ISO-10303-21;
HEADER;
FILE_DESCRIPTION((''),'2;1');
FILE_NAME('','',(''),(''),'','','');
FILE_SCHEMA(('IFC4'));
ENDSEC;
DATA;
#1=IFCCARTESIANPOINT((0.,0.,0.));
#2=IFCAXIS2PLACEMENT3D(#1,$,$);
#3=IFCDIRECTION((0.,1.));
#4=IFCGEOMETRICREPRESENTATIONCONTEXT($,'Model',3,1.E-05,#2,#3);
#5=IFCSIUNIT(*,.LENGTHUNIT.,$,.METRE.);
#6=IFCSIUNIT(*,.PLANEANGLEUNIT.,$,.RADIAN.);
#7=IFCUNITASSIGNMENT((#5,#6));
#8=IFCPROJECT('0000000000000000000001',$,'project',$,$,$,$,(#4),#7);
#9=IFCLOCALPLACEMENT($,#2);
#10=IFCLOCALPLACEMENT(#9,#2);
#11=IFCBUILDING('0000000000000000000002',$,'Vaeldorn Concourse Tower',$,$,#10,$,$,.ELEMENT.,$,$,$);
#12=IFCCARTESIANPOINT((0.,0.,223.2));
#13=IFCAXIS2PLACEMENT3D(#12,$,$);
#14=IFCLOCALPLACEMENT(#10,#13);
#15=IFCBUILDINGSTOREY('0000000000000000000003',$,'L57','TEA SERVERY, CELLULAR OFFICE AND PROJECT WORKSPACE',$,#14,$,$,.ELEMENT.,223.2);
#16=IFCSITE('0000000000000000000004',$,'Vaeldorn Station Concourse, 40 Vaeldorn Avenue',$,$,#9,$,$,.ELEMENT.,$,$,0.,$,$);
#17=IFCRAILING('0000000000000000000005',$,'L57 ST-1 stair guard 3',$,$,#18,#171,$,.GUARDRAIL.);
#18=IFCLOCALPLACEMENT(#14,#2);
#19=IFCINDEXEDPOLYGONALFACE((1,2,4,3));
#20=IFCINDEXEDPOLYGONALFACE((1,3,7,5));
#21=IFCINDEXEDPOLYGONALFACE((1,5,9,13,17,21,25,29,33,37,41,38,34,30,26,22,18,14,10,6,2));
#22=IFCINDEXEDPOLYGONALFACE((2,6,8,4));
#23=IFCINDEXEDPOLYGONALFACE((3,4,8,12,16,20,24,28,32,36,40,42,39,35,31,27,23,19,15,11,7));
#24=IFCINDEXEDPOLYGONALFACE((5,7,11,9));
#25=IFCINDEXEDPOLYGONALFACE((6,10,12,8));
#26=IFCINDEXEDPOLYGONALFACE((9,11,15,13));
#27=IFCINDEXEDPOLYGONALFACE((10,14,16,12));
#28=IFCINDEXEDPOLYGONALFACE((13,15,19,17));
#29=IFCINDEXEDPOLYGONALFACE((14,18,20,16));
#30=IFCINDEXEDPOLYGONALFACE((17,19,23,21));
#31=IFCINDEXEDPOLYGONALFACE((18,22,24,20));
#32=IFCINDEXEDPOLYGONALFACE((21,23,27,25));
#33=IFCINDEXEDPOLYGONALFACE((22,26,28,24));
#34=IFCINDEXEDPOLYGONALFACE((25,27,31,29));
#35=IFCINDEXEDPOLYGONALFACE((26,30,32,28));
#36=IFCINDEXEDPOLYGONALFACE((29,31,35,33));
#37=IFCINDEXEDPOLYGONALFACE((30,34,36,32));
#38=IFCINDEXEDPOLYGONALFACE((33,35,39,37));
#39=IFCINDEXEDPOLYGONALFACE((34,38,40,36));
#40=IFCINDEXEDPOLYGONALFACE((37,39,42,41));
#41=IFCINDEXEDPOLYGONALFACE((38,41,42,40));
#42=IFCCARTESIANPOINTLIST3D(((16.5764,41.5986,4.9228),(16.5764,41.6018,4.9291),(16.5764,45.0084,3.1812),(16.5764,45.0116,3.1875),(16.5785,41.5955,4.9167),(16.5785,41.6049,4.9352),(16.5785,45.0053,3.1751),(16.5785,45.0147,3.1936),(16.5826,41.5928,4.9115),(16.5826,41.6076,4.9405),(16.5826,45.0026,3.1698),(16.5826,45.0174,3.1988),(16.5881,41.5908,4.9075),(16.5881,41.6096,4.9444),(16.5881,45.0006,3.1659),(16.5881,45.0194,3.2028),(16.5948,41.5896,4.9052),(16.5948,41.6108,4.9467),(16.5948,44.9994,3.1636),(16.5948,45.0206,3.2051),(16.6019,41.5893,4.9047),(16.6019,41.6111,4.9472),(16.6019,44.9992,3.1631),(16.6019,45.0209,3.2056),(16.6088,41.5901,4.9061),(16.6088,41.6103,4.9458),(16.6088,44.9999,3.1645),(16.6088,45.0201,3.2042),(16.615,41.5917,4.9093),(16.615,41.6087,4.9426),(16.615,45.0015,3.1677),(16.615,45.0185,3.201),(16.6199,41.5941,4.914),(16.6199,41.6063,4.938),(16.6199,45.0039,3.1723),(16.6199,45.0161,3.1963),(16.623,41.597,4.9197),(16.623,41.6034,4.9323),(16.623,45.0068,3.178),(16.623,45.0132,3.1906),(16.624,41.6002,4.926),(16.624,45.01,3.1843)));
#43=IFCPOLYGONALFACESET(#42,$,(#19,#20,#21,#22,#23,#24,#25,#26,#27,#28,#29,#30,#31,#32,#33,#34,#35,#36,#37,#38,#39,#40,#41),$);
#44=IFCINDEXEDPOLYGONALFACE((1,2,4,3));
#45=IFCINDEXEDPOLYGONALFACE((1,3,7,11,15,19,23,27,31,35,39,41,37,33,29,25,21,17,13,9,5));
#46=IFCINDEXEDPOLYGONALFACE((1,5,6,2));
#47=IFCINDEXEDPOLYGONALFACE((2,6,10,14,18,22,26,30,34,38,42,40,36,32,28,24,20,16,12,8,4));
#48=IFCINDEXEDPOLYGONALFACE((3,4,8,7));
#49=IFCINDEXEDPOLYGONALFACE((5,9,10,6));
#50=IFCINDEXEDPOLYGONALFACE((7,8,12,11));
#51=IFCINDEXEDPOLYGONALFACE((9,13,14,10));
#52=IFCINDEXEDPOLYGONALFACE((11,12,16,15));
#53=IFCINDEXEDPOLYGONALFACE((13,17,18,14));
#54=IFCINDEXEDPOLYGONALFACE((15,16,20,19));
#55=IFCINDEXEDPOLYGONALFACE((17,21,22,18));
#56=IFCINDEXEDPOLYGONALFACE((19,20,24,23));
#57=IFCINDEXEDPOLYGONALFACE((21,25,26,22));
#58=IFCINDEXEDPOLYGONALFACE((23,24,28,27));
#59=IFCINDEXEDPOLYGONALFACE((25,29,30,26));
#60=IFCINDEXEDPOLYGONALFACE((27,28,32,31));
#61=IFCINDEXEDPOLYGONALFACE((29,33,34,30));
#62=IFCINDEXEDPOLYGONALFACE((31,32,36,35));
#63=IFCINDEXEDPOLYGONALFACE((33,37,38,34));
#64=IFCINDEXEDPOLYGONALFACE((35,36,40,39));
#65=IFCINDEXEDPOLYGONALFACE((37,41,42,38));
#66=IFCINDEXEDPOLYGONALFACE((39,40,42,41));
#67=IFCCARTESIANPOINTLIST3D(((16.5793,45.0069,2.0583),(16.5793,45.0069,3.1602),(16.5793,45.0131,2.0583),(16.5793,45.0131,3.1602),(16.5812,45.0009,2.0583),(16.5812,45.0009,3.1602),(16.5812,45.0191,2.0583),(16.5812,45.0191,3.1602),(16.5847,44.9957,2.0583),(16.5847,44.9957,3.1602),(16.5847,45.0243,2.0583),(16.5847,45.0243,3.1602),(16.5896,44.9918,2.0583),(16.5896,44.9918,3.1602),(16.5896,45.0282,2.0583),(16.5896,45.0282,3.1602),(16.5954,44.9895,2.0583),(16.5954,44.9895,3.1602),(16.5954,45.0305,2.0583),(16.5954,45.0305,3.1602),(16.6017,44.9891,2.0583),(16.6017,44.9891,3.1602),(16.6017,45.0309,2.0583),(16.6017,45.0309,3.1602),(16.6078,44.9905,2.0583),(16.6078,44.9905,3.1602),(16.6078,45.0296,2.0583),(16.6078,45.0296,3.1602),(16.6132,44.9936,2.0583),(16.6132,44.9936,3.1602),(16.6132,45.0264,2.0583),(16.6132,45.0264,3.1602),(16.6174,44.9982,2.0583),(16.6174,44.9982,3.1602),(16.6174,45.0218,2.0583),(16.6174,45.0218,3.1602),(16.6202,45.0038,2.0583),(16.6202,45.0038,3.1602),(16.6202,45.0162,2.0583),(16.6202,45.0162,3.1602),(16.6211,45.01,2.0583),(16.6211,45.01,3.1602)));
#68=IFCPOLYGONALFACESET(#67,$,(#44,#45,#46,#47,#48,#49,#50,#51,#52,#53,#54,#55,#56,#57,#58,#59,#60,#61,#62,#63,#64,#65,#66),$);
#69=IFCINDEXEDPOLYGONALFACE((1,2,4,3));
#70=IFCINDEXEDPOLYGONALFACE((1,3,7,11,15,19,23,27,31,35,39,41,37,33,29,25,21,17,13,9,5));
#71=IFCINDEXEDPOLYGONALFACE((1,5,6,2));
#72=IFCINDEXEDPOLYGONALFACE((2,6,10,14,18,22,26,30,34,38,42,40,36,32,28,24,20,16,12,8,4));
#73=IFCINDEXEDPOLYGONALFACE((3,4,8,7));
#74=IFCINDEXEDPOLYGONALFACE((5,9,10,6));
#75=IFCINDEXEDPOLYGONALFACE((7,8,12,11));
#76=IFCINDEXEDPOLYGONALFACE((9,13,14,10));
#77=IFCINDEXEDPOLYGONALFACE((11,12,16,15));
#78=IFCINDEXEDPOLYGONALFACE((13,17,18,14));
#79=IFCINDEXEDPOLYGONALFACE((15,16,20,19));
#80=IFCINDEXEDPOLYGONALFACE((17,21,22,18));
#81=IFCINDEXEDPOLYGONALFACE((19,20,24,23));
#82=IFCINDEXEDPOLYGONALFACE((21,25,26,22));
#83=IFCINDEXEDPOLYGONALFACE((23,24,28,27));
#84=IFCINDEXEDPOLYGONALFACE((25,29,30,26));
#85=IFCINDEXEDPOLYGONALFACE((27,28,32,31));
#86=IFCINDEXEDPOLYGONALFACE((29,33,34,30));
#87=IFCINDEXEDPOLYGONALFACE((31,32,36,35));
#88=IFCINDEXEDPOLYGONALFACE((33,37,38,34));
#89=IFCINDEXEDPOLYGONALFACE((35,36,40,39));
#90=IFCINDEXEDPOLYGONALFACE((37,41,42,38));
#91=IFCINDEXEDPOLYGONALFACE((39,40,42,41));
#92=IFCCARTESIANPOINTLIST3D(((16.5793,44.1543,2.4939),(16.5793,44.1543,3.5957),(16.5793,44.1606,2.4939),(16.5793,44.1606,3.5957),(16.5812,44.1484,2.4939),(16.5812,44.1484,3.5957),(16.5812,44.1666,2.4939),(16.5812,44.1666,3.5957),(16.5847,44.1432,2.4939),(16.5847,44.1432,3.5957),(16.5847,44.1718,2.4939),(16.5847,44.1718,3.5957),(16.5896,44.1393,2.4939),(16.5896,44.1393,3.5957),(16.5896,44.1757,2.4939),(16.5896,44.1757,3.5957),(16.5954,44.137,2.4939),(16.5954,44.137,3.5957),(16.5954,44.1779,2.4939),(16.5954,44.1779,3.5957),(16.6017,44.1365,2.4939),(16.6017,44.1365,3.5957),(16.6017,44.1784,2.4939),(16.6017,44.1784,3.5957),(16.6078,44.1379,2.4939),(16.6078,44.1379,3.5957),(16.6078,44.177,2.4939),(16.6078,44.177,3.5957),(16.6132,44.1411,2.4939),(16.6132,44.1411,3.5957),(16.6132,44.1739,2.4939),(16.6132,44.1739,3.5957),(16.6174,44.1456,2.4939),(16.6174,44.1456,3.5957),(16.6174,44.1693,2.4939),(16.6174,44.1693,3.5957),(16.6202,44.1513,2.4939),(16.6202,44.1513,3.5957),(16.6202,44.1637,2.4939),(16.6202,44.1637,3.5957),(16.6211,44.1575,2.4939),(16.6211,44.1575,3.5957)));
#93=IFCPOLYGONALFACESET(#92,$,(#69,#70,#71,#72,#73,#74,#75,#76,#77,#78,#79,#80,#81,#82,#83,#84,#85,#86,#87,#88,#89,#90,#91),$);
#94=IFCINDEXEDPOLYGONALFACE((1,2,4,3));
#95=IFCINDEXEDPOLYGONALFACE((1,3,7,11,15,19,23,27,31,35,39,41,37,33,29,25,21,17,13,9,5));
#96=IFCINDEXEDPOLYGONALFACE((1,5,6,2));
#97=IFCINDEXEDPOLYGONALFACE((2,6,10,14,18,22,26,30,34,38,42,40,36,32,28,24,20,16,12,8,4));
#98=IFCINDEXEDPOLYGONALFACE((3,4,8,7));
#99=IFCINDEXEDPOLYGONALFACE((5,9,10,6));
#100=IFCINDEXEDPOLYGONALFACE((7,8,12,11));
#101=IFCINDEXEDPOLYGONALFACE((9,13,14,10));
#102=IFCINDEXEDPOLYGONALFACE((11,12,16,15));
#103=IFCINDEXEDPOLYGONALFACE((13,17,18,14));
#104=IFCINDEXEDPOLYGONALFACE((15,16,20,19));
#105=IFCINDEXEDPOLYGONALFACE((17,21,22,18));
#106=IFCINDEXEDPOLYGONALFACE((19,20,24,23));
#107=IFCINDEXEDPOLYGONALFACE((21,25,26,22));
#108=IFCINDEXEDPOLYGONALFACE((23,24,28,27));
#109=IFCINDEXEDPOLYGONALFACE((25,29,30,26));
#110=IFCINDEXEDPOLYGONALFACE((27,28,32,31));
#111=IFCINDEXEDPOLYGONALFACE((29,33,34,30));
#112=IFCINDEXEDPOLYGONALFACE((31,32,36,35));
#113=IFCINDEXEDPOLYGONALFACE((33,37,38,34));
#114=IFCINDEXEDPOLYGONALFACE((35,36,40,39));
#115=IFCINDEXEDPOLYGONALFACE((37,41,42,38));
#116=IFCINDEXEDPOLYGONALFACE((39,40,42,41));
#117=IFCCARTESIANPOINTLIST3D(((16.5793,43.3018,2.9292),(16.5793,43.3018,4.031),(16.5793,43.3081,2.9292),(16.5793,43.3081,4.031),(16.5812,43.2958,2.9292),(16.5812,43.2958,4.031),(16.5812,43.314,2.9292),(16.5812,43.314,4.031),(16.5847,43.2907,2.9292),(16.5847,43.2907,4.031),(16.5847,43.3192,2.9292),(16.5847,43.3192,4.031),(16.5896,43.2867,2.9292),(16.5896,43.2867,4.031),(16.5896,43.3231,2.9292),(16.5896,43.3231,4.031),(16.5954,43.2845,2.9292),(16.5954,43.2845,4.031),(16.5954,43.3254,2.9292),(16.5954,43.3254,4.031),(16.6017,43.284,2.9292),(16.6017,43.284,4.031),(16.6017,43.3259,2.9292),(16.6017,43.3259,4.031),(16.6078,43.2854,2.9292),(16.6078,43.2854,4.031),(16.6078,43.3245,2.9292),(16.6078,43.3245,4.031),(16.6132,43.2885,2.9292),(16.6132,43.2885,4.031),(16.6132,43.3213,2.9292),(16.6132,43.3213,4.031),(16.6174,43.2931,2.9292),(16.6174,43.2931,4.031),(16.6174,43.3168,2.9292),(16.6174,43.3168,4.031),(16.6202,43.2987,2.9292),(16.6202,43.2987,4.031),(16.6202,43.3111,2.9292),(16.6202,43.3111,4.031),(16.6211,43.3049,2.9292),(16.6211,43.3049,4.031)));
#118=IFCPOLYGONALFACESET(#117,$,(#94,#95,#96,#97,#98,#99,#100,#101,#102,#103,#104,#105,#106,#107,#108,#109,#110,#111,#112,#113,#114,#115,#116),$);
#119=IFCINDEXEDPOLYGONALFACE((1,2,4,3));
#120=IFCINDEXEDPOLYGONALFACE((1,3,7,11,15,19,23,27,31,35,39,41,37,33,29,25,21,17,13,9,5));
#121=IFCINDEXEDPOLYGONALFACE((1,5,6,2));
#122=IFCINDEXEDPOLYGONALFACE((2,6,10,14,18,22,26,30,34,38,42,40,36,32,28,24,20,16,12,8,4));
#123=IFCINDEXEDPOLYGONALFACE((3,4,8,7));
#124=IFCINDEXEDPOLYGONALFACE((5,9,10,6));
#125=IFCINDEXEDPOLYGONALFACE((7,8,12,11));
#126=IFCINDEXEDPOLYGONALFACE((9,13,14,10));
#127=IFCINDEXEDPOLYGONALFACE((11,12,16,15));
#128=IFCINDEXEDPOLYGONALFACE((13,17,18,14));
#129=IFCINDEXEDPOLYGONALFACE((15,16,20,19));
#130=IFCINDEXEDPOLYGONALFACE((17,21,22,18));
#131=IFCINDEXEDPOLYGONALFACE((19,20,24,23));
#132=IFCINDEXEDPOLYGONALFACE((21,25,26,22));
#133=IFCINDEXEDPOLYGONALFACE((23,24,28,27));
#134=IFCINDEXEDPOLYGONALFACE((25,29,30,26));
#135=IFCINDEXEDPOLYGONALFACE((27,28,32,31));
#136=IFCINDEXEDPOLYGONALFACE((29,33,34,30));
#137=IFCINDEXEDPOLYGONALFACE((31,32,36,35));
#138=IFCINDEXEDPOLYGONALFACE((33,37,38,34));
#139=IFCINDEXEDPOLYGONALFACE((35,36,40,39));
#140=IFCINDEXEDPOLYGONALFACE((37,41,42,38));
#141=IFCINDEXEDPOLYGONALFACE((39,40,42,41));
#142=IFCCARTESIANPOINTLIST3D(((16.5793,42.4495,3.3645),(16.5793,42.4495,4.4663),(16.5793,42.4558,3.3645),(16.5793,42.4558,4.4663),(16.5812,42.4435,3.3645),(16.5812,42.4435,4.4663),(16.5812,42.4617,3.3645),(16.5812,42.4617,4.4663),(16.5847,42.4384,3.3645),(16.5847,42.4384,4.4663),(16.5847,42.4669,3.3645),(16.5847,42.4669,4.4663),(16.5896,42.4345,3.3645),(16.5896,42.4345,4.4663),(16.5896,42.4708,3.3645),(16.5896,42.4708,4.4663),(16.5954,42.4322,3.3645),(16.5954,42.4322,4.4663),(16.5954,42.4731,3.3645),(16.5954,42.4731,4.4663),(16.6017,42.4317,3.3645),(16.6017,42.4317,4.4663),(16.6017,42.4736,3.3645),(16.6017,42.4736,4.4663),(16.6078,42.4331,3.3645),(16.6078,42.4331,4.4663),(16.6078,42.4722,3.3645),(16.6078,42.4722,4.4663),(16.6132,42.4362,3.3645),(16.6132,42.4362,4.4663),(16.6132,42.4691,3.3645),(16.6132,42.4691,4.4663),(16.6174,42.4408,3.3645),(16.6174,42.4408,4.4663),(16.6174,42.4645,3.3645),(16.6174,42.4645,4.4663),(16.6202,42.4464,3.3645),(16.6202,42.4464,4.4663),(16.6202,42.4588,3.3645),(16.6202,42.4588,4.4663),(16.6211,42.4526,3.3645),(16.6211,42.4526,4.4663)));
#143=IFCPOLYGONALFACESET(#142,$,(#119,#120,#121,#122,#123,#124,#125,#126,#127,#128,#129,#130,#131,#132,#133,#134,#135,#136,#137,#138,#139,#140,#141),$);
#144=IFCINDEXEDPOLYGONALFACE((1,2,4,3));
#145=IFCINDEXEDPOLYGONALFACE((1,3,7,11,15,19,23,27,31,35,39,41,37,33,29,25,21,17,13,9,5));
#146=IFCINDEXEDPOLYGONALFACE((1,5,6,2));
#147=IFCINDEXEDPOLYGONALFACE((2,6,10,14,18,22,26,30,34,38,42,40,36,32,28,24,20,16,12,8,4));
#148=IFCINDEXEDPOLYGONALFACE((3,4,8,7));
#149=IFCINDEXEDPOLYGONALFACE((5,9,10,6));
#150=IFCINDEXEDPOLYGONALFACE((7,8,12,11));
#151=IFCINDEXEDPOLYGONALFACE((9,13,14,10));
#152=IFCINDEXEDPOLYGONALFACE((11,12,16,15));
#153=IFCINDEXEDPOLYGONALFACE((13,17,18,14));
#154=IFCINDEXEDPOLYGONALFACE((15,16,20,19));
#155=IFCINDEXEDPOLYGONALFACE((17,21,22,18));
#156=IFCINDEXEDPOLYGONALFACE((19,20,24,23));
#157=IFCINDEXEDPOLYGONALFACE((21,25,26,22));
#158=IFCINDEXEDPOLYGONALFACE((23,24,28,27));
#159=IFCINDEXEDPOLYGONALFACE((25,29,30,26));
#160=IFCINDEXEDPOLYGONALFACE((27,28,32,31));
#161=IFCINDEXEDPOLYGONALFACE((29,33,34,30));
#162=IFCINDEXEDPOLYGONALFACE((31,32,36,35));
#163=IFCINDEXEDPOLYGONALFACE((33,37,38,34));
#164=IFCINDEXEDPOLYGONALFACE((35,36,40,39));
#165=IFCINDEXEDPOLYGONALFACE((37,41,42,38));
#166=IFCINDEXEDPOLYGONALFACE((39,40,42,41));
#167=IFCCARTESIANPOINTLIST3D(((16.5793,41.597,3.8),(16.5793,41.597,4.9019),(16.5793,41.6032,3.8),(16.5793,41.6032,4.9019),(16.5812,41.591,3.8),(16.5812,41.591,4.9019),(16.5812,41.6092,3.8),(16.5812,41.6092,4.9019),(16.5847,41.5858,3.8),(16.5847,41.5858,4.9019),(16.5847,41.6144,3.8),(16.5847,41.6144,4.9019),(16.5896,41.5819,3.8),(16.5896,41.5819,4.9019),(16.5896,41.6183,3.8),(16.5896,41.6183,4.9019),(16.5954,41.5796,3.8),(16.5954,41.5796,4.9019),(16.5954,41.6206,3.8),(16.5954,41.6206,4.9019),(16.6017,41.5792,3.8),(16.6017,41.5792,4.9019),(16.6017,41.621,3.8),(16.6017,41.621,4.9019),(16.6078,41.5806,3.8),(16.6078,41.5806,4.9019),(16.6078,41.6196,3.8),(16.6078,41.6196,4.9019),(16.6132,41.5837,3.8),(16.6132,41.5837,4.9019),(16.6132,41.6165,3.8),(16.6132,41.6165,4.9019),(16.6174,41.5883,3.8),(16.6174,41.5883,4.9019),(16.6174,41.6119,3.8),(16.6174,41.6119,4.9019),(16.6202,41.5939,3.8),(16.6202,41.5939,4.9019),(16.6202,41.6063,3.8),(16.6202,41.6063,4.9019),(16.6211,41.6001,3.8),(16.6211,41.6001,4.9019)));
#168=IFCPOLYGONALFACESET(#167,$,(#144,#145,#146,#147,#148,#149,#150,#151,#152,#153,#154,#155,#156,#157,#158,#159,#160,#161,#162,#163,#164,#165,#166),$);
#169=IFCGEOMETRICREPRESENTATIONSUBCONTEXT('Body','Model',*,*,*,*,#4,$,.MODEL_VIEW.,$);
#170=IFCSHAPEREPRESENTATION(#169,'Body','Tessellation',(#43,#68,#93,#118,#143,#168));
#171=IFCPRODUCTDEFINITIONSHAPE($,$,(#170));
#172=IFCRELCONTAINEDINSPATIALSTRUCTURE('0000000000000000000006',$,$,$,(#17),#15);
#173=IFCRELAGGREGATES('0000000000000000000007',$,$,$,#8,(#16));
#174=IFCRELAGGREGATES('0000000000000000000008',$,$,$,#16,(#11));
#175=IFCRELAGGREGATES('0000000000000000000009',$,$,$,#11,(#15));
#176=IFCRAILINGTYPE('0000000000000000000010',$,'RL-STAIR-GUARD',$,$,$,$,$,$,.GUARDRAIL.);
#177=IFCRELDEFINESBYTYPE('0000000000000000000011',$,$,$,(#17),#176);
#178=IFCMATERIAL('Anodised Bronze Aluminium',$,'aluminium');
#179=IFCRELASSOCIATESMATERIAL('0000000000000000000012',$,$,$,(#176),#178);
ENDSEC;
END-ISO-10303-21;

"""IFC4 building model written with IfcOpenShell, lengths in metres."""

from ifc_helpers import new_model, si_unit, direction, frame, origin, origin_2d, place, context, subcontext, project, spatial, circle, extrude, material, type_object, element, save


model = new_model("IFC4")

# Units and contexts
model_context = context("Model", 3, precision=1e-05, world=origin(), true_north=direction((0.0, 1.0)))
body_context = subcontext(model_context, "Body", "Model", "MODEL_VIEW")
ifc_project = project(units=[si_unit("LENGTHUNIT", "METRE"), si_unit("PLANEANGLEUNIT", "RADIAN")], contexts=[model_context])

# Site, building, storey
site_placement = place(None, origin())
site = spatial("IfcSite", under=ifc_project, at=site_placement, Name="Vaeldorn Station Concourse, 40 Vaeldorn Avenue", CompositionType="ELEMENT", RefElevation=0.0)
building_placement = place(site_placement, origin())
building = spatial("IfcBuilding", under=site, at=building_placement, Name="Vaeldorn Concourse Tower", CompositionType="ELEMENT")
storey_placement = place(building_placement, frame((0.0, 0.0, 223.2)))
storey = spatial("IfcBuildingStorey", under=building, at=storey_placement, Name="L57", Description="TEA SERVERY, CELLULAR OFFICE AND PROJECT WORKSPACE", CompositionType="ELEMENT", Elevation=223.2)

# Shared definitions
ifc_material_1 = material(Name="Anodised Bronze Aluminium", Category="aluminium")

# Railing
railing_type_1 = type_object("IfcRailingType", Name="RL-STAIR-GUARD", PredefinedType="GUARDRAIL", material=ifc_material_1)
railing_1_placement = place(storey_placement, frame((16.6001, 45.01, 2.0583)))
element("IfcRailing", 1, at=railing_1_placement, inside=storey, type_object=railing_type_1, Name="L57 ST-1 stair guard 3", PredefinedType="GUARDRAIL", context=body_context, shape_type="SweptSolid", body=[
    extrude(circle(Radius=0.0239, at=origin_2d()), frame((0.0, 0.0, 1.126), z_axis=(0.0, -0.890556, 0.454874), x_axis=(1.0, 0.0, 0.0)), (0.0, 0.0, 1.0), 3.8289),
    extrude(circle(Radius=0.021, at=origin_2d()), origin(), (0.0, 0.0, 1.0), 1.1018),
    extrude(circle(Radius=0.021, at=origin_2d()), frame((0.0, -0.8525, 0.4355)), (0.0, 0.0, 1.0), 1.1018),
    extrude(circle(Radius=0.021, at=origin_2d()), frame((0.0, -1.7051, 0.8708)), (0.0, 0.0, 1.0), 1.1018),
    extrude(circle(Radius=0.021, at=origin_2d()), frame((0.0, -2.5574, 1.3062)), (0.0, 0.0, 1.0), 1.1018),
    extrude(circle(Radius=0.021, at=origin_2d()), frame((0.0, -3.4099, 1.7417)), (0.0, 0.0, 1.0), 1.1018),
])

save(model, "model.ifc")
